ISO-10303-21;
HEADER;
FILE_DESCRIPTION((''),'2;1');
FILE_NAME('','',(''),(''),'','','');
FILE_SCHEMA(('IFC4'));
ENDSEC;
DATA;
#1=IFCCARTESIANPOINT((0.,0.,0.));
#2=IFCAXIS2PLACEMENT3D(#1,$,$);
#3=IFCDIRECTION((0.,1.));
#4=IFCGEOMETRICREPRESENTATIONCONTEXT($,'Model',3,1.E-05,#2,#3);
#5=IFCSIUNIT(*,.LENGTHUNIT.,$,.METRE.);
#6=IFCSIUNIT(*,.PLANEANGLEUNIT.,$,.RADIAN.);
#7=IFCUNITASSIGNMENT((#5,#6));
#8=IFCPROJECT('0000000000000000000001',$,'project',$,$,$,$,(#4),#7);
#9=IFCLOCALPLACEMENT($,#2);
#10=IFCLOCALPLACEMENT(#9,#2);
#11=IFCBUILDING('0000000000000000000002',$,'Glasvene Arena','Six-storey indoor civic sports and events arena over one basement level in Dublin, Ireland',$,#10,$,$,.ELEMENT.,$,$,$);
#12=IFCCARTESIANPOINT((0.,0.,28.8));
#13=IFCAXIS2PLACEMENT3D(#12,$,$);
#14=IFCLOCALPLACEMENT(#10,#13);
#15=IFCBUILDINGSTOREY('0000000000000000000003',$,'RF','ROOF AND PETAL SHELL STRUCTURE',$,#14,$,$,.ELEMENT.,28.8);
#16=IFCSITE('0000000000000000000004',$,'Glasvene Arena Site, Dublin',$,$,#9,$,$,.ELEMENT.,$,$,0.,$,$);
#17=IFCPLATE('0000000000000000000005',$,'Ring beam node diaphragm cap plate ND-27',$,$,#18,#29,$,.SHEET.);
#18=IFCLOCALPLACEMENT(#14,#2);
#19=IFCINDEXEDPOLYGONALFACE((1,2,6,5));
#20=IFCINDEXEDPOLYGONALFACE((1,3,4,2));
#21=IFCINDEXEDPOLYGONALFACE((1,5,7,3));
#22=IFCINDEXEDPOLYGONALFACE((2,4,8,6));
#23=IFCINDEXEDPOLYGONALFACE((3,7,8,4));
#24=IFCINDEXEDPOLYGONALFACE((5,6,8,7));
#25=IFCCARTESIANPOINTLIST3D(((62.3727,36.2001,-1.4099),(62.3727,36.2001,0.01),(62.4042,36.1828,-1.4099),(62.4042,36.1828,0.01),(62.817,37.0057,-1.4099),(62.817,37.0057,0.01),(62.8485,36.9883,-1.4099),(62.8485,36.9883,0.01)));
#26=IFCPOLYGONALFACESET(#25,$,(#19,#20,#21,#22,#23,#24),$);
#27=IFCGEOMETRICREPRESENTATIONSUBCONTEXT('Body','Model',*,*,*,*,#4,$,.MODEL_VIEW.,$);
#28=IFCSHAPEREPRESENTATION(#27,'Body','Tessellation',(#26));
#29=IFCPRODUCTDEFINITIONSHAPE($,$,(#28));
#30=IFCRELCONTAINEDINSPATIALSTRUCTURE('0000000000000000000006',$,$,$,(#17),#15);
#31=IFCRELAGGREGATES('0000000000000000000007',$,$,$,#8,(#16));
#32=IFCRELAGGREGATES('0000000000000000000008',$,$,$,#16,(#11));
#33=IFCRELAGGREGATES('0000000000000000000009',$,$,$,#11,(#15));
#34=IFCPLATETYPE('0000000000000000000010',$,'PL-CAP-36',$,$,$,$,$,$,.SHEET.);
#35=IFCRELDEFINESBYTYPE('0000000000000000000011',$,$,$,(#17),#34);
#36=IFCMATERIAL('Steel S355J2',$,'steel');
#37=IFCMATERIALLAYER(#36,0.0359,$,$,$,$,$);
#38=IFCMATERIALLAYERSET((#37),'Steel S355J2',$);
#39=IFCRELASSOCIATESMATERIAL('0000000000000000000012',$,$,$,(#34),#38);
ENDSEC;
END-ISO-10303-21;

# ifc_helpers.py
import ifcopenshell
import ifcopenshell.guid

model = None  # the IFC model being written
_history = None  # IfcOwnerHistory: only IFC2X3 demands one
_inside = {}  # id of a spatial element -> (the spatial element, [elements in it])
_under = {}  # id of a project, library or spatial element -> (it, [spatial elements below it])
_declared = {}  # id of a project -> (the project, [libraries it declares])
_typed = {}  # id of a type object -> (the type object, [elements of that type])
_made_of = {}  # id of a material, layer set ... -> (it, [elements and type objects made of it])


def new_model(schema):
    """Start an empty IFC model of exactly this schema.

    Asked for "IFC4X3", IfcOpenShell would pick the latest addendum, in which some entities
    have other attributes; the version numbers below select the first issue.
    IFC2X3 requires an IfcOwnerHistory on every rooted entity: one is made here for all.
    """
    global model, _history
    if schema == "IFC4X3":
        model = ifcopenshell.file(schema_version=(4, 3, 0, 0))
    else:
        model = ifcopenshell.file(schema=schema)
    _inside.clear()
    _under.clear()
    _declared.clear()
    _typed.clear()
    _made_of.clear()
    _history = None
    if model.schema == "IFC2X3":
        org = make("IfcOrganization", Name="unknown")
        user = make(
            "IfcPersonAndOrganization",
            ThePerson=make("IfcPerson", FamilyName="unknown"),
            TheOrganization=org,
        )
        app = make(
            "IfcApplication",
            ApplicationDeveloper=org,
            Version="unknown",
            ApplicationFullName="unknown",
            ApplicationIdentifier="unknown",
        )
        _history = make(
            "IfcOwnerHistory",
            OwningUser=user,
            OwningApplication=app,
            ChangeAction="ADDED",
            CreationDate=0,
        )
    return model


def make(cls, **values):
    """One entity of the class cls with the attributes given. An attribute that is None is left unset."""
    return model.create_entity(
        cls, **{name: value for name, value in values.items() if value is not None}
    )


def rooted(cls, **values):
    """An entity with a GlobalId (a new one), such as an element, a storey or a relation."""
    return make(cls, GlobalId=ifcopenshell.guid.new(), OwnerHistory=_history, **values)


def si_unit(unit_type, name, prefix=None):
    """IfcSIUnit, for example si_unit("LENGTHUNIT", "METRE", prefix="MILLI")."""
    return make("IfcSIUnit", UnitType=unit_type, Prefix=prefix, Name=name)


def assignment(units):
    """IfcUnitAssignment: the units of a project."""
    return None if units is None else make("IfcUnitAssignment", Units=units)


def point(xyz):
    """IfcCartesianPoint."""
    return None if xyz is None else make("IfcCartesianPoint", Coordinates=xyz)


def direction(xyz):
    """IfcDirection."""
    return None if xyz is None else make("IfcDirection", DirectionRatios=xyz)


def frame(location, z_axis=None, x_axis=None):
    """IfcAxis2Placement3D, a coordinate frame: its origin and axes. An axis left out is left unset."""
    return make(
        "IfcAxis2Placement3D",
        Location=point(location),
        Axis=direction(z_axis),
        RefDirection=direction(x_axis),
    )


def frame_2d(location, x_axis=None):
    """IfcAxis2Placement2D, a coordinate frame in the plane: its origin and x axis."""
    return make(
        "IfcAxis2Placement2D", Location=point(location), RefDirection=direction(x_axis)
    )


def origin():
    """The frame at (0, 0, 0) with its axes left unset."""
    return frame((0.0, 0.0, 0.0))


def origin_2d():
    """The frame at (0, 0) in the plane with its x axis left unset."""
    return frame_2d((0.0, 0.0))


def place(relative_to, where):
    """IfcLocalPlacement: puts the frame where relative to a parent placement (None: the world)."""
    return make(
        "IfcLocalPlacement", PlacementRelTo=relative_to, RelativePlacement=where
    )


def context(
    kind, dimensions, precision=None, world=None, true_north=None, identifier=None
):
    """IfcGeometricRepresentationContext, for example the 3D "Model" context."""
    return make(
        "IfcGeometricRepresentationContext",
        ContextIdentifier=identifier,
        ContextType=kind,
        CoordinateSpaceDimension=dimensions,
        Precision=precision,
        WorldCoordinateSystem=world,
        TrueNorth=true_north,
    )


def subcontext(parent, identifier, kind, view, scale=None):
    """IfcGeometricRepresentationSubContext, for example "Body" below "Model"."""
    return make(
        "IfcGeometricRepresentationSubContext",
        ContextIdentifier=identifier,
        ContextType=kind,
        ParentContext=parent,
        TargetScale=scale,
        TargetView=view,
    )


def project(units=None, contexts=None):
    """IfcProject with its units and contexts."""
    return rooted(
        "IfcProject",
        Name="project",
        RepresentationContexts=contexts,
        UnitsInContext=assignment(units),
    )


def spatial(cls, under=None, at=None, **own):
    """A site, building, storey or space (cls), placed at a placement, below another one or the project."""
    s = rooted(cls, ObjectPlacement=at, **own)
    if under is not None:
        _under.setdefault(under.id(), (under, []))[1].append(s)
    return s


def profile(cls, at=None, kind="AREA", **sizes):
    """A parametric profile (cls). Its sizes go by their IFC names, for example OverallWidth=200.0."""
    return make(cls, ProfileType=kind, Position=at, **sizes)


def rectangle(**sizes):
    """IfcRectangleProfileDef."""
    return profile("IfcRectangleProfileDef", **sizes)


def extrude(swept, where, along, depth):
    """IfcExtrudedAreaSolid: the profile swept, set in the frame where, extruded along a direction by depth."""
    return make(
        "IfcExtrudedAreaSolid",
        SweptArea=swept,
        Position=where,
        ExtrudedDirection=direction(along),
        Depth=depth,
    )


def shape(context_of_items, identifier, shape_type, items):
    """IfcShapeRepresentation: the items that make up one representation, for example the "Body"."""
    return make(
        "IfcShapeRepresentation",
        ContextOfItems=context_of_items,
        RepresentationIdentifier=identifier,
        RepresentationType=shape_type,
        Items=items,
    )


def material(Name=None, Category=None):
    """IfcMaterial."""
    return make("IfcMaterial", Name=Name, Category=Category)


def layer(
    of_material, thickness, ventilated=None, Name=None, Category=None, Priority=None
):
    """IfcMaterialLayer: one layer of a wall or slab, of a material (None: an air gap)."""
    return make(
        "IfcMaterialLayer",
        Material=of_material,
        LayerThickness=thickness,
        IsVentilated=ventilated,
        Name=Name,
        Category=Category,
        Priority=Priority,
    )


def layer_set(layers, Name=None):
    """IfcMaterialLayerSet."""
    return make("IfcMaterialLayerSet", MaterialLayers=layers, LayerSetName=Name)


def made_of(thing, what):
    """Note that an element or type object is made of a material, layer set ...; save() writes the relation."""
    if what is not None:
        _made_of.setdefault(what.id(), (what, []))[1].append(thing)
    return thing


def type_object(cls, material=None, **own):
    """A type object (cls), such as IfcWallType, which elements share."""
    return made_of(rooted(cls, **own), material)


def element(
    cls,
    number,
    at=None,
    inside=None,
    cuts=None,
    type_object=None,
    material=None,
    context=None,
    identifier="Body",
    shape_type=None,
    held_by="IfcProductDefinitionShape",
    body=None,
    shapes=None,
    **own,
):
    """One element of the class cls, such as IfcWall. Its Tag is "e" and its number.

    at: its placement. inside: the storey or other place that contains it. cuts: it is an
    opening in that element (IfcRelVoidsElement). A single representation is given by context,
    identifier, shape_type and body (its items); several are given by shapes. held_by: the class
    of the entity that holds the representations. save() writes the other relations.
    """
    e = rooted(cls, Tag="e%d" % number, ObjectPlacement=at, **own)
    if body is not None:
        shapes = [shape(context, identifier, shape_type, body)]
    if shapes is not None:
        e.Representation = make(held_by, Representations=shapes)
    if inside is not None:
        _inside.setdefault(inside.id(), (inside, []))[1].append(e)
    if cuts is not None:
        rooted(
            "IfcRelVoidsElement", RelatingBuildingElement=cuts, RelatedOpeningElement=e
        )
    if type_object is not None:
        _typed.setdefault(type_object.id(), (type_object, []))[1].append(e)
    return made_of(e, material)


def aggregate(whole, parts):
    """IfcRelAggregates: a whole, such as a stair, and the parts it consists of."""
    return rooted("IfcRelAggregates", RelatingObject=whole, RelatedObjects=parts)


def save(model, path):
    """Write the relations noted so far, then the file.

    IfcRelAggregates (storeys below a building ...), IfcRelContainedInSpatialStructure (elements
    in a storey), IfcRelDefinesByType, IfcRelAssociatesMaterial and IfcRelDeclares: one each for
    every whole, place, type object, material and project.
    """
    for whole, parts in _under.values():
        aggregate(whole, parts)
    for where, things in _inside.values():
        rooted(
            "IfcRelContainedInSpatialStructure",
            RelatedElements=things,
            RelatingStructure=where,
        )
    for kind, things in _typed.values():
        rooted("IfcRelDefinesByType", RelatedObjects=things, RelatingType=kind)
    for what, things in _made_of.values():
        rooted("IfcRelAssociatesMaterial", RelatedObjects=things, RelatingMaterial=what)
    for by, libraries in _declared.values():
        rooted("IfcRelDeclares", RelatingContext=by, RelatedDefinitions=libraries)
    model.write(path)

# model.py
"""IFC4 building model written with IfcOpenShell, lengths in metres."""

from ifc_helpers import new_model, si_unit, direction, frame, origin, origin_2d, place, context, subcontext, project, spatial, rectangle, extrude, material, layer, layer_set, type_object, element, save


model = new_model("IFC4")

# Units and contexts
model_context = context("Model", 3, precision=1e-05, world=origin(), true_north=direction((0.0, 1.0)))
body_context = subcontext(model_context, "Body", "Model", "MODEL_VIEW")
ifc_project = project(units=[si_unit("LENGTHUNIT", "METRE"), si_unit("PLANEANGLEUNIT", "RADIAN")], contexts=[model_context])

# Site, building, storey
site_placement = place(None, origin())
site = spatial("IfcSite", under=ifc_project, at=site_placement, Name="Glasvene Arena Site, Dublin", CompositionType="ELEMENT", RefElevation=0.0)
building_placement = place(site_placement, origin())
building = spatial("IfcBuilding", under=site, at=building_placement, Name="Glasvene Arena", Description="Six-storey indoor civic sports and events arena over one basement level in Dublin, Ireland", CompositionType="ELEMENT")
storey_placement = place(building_placement, frame((0.0, 0.0, 28.8)))
storey = spatial("IfcBuildingStorey", under=building, at=storey_placement, Name="RF", Description="ROOF AND PETAL SHELL STRUCTURE", CompositionType="ELEMENT", Elevation=28.8)

# Shared definitions
ifc_material_1 = material(Name="Steel S355J2", Category="steel")

# Plate
ifc_layer_1 = layer(ifc_material_1, 0.0359)
ifc_layer_set_1 = layer_set([ifc_layer_1], Name="Steel S355J2")
plate_type_1 = type_object("IfcPlateType", Name="PL-CAP-36", PredefinedType="SHEET", material=ifc_layer_set_1)
plate_1_placement = place(storey_placement, frame((62.6106, 36.5942, -1.4099), z_axis=(0.0, 0.0, 1.0), x_axis=(0.875633, -0.482977, 0.0)))
element("IfcPlate", 1, at=plate_1_placement, inside=storey, type_object=plate_type_1, Name="Ring beam node diaphragm cap plate ND-27", PredefinedType="SHEET", context=body_context, shape_type="SweptSolid", body=[
    extrude(rectangle(XDim=0.0359, YDim=0.9199, at=origin_2d()), origin(), (0.0, 0.0, 1.0), 1.4199),
])

save(model, "model.ifc")
